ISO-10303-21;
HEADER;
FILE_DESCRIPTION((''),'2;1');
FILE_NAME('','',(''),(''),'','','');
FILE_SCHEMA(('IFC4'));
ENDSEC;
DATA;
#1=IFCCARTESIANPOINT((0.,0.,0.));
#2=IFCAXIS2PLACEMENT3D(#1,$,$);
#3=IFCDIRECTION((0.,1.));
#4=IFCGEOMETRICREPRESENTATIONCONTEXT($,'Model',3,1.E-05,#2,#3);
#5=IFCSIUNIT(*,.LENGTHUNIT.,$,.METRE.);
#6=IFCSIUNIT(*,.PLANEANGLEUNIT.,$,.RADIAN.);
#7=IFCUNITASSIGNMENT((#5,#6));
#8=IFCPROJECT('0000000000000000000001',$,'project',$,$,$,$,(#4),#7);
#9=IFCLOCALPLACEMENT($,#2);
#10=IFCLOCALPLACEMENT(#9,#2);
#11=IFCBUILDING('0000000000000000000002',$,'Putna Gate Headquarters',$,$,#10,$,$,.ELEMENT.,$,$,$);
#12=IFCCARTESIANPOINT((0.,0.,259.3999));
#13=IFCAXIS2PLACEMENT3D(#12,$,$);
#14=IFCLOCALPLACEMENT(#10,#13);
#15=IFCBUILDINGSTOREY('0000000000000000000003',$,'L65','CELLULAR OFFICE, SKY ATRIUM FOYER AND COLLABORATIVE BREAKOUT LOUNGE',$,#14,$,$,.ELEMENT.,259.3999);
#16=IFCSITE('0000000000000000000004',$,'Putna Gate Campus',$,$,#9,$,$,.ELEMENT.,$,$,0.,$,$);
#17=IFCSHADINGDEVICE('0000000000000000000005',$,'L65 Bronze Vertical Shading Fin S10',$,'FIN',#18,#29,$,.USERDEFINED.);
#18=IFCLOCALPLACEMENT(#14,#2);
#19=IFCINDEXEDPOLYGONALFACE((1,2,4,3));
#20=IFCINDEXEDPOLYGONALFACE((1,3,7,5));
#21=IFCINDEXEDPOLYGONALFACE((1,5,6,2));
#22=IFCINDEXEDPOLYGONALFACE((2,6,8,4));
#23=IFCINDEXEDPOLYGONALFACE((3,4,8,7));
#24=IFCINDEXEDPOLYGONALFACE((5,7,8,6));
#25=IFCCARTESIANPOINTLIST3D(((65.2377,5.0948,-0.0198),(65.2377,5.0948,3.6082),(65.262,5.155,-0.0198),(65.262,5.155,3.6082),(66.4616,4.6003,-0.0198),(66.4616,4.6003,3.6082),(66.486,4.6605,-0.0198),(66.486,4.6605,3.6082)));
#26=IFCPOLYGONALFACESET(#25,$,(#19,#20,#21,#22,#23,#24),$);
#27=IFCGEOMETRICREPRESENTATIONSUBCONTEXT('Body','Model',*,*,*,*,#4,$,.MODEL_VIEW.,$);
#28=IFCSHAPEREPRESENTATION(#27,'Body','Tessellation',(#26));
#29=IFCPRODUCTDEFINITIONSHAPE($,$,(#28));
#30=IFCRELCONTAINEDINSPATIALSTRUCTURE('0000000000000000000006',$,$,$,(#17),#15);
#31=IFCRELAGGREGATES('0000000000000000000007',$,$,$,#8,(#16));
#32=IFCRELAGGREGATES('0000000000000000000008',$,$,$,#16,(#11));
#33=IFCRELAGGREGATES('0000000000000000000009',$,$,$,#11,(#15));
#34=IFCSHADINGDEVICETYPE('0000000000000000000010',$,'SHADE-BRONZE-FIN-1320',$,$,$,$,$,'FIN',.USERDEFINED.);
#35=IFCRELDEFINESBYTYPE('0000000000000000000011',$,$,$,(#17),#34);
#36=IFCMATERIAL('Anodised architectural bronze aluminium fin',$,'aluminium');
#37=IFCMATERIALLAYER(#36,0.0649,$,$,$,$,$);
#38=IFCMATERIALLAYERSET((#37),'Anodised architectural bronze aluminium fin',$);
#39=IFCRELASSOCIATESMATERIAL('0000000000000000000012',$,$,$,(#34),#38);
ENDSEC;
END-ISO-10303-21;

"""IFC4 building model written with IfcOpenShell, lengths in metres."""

from ifc_helpers import new_model, si_unit, direction, frame, origin, origin_2d, place, context, subcontext, project, spatial, rectangle, extrude, material, layer, layer_set, type_object, element, save


model = new_model("IFC4")

# Units and contexts
model_context = context("Model", 3, precision=1e-05, world=origin(), true_north=direction((0.0, 1.0)))
body_context = subcontext(model_context, "Body", "Model", "MODEL_VIEW")
ifc_project = project(units=[si_unit("LENGTHUNIT", "METRE"), si_unit("PLANEANGLEUNIT", "RADIAN")], contexts=[model_context])

# Site, building, storey
site_placement = place(None, origin())
site = spatial("IfcSite", under=ifc_project, at=site_placement, Name="Putna Gate Campus", CompositionType="ELEMENT", RefElevation=0.0)
building_placement = place(site_placement, origin())
building = spatial("IfcBuilding", under=site, at=building_placement, Name="Putna Gate Headquarters", CompositionType="ELEMENT")
storey_placement = place(building_placement, frame((0.0, 0.0, 259.3999)))
storey = spatial("IfcBuildingStorey", under=building, at=storey_placement, Name="L65", Description="CELLULAR OFFICE, SKY ATRIUM FOYER AND COLLABORATIVE BREAKOUT LOUNGE", CompositionType="ELEMENT", Elevation=259.3999)

# Shading device
ifc_material_1 = material(Name="Anodised architectural bronze aluminium fin", Category="aluminium")
ifc_layer_1 = layer(ifc_material_1, 0.0649)
ifc_layer_set_1 = layer_set([ifc_layer_1], Name="Anodised architectural bronze aluminium fin")
shading_device_type = type_object("IfcShadingDeviceType", Name="SHADE-BRONZE-FIN-1320", ElementType="FIN", PredefinedType="USERDEFINED", material=ifc_layer_set_1)
for number, where, z_axis, x_axis, name in (
    (1, (65.8618, 4.8777, -0.0198), (0.0, 0.0, 1.0), (0.927184, -0.374607, 0.0), "L65 Bronze Vertical Shading Fin S10"),
):
    element("IfcShadingDevice", number, at=place(storey_placement, frame(where, z_axis=z_axis, x_axis=x_axis)), inside=storey, type_object=shading_device_type, Name=name, ObjectType="FIN", PredefinedType="USERDEFINED", context=body_context, shape_type="SweptSolid", body=[
        extrude(rectangle(XDim=1.3201, YDim=0.0649, at=origin_2d()), origin(), (0.0, 0.0, 1.0), 3.6279),
    ])

save(model, "model.ifc")
